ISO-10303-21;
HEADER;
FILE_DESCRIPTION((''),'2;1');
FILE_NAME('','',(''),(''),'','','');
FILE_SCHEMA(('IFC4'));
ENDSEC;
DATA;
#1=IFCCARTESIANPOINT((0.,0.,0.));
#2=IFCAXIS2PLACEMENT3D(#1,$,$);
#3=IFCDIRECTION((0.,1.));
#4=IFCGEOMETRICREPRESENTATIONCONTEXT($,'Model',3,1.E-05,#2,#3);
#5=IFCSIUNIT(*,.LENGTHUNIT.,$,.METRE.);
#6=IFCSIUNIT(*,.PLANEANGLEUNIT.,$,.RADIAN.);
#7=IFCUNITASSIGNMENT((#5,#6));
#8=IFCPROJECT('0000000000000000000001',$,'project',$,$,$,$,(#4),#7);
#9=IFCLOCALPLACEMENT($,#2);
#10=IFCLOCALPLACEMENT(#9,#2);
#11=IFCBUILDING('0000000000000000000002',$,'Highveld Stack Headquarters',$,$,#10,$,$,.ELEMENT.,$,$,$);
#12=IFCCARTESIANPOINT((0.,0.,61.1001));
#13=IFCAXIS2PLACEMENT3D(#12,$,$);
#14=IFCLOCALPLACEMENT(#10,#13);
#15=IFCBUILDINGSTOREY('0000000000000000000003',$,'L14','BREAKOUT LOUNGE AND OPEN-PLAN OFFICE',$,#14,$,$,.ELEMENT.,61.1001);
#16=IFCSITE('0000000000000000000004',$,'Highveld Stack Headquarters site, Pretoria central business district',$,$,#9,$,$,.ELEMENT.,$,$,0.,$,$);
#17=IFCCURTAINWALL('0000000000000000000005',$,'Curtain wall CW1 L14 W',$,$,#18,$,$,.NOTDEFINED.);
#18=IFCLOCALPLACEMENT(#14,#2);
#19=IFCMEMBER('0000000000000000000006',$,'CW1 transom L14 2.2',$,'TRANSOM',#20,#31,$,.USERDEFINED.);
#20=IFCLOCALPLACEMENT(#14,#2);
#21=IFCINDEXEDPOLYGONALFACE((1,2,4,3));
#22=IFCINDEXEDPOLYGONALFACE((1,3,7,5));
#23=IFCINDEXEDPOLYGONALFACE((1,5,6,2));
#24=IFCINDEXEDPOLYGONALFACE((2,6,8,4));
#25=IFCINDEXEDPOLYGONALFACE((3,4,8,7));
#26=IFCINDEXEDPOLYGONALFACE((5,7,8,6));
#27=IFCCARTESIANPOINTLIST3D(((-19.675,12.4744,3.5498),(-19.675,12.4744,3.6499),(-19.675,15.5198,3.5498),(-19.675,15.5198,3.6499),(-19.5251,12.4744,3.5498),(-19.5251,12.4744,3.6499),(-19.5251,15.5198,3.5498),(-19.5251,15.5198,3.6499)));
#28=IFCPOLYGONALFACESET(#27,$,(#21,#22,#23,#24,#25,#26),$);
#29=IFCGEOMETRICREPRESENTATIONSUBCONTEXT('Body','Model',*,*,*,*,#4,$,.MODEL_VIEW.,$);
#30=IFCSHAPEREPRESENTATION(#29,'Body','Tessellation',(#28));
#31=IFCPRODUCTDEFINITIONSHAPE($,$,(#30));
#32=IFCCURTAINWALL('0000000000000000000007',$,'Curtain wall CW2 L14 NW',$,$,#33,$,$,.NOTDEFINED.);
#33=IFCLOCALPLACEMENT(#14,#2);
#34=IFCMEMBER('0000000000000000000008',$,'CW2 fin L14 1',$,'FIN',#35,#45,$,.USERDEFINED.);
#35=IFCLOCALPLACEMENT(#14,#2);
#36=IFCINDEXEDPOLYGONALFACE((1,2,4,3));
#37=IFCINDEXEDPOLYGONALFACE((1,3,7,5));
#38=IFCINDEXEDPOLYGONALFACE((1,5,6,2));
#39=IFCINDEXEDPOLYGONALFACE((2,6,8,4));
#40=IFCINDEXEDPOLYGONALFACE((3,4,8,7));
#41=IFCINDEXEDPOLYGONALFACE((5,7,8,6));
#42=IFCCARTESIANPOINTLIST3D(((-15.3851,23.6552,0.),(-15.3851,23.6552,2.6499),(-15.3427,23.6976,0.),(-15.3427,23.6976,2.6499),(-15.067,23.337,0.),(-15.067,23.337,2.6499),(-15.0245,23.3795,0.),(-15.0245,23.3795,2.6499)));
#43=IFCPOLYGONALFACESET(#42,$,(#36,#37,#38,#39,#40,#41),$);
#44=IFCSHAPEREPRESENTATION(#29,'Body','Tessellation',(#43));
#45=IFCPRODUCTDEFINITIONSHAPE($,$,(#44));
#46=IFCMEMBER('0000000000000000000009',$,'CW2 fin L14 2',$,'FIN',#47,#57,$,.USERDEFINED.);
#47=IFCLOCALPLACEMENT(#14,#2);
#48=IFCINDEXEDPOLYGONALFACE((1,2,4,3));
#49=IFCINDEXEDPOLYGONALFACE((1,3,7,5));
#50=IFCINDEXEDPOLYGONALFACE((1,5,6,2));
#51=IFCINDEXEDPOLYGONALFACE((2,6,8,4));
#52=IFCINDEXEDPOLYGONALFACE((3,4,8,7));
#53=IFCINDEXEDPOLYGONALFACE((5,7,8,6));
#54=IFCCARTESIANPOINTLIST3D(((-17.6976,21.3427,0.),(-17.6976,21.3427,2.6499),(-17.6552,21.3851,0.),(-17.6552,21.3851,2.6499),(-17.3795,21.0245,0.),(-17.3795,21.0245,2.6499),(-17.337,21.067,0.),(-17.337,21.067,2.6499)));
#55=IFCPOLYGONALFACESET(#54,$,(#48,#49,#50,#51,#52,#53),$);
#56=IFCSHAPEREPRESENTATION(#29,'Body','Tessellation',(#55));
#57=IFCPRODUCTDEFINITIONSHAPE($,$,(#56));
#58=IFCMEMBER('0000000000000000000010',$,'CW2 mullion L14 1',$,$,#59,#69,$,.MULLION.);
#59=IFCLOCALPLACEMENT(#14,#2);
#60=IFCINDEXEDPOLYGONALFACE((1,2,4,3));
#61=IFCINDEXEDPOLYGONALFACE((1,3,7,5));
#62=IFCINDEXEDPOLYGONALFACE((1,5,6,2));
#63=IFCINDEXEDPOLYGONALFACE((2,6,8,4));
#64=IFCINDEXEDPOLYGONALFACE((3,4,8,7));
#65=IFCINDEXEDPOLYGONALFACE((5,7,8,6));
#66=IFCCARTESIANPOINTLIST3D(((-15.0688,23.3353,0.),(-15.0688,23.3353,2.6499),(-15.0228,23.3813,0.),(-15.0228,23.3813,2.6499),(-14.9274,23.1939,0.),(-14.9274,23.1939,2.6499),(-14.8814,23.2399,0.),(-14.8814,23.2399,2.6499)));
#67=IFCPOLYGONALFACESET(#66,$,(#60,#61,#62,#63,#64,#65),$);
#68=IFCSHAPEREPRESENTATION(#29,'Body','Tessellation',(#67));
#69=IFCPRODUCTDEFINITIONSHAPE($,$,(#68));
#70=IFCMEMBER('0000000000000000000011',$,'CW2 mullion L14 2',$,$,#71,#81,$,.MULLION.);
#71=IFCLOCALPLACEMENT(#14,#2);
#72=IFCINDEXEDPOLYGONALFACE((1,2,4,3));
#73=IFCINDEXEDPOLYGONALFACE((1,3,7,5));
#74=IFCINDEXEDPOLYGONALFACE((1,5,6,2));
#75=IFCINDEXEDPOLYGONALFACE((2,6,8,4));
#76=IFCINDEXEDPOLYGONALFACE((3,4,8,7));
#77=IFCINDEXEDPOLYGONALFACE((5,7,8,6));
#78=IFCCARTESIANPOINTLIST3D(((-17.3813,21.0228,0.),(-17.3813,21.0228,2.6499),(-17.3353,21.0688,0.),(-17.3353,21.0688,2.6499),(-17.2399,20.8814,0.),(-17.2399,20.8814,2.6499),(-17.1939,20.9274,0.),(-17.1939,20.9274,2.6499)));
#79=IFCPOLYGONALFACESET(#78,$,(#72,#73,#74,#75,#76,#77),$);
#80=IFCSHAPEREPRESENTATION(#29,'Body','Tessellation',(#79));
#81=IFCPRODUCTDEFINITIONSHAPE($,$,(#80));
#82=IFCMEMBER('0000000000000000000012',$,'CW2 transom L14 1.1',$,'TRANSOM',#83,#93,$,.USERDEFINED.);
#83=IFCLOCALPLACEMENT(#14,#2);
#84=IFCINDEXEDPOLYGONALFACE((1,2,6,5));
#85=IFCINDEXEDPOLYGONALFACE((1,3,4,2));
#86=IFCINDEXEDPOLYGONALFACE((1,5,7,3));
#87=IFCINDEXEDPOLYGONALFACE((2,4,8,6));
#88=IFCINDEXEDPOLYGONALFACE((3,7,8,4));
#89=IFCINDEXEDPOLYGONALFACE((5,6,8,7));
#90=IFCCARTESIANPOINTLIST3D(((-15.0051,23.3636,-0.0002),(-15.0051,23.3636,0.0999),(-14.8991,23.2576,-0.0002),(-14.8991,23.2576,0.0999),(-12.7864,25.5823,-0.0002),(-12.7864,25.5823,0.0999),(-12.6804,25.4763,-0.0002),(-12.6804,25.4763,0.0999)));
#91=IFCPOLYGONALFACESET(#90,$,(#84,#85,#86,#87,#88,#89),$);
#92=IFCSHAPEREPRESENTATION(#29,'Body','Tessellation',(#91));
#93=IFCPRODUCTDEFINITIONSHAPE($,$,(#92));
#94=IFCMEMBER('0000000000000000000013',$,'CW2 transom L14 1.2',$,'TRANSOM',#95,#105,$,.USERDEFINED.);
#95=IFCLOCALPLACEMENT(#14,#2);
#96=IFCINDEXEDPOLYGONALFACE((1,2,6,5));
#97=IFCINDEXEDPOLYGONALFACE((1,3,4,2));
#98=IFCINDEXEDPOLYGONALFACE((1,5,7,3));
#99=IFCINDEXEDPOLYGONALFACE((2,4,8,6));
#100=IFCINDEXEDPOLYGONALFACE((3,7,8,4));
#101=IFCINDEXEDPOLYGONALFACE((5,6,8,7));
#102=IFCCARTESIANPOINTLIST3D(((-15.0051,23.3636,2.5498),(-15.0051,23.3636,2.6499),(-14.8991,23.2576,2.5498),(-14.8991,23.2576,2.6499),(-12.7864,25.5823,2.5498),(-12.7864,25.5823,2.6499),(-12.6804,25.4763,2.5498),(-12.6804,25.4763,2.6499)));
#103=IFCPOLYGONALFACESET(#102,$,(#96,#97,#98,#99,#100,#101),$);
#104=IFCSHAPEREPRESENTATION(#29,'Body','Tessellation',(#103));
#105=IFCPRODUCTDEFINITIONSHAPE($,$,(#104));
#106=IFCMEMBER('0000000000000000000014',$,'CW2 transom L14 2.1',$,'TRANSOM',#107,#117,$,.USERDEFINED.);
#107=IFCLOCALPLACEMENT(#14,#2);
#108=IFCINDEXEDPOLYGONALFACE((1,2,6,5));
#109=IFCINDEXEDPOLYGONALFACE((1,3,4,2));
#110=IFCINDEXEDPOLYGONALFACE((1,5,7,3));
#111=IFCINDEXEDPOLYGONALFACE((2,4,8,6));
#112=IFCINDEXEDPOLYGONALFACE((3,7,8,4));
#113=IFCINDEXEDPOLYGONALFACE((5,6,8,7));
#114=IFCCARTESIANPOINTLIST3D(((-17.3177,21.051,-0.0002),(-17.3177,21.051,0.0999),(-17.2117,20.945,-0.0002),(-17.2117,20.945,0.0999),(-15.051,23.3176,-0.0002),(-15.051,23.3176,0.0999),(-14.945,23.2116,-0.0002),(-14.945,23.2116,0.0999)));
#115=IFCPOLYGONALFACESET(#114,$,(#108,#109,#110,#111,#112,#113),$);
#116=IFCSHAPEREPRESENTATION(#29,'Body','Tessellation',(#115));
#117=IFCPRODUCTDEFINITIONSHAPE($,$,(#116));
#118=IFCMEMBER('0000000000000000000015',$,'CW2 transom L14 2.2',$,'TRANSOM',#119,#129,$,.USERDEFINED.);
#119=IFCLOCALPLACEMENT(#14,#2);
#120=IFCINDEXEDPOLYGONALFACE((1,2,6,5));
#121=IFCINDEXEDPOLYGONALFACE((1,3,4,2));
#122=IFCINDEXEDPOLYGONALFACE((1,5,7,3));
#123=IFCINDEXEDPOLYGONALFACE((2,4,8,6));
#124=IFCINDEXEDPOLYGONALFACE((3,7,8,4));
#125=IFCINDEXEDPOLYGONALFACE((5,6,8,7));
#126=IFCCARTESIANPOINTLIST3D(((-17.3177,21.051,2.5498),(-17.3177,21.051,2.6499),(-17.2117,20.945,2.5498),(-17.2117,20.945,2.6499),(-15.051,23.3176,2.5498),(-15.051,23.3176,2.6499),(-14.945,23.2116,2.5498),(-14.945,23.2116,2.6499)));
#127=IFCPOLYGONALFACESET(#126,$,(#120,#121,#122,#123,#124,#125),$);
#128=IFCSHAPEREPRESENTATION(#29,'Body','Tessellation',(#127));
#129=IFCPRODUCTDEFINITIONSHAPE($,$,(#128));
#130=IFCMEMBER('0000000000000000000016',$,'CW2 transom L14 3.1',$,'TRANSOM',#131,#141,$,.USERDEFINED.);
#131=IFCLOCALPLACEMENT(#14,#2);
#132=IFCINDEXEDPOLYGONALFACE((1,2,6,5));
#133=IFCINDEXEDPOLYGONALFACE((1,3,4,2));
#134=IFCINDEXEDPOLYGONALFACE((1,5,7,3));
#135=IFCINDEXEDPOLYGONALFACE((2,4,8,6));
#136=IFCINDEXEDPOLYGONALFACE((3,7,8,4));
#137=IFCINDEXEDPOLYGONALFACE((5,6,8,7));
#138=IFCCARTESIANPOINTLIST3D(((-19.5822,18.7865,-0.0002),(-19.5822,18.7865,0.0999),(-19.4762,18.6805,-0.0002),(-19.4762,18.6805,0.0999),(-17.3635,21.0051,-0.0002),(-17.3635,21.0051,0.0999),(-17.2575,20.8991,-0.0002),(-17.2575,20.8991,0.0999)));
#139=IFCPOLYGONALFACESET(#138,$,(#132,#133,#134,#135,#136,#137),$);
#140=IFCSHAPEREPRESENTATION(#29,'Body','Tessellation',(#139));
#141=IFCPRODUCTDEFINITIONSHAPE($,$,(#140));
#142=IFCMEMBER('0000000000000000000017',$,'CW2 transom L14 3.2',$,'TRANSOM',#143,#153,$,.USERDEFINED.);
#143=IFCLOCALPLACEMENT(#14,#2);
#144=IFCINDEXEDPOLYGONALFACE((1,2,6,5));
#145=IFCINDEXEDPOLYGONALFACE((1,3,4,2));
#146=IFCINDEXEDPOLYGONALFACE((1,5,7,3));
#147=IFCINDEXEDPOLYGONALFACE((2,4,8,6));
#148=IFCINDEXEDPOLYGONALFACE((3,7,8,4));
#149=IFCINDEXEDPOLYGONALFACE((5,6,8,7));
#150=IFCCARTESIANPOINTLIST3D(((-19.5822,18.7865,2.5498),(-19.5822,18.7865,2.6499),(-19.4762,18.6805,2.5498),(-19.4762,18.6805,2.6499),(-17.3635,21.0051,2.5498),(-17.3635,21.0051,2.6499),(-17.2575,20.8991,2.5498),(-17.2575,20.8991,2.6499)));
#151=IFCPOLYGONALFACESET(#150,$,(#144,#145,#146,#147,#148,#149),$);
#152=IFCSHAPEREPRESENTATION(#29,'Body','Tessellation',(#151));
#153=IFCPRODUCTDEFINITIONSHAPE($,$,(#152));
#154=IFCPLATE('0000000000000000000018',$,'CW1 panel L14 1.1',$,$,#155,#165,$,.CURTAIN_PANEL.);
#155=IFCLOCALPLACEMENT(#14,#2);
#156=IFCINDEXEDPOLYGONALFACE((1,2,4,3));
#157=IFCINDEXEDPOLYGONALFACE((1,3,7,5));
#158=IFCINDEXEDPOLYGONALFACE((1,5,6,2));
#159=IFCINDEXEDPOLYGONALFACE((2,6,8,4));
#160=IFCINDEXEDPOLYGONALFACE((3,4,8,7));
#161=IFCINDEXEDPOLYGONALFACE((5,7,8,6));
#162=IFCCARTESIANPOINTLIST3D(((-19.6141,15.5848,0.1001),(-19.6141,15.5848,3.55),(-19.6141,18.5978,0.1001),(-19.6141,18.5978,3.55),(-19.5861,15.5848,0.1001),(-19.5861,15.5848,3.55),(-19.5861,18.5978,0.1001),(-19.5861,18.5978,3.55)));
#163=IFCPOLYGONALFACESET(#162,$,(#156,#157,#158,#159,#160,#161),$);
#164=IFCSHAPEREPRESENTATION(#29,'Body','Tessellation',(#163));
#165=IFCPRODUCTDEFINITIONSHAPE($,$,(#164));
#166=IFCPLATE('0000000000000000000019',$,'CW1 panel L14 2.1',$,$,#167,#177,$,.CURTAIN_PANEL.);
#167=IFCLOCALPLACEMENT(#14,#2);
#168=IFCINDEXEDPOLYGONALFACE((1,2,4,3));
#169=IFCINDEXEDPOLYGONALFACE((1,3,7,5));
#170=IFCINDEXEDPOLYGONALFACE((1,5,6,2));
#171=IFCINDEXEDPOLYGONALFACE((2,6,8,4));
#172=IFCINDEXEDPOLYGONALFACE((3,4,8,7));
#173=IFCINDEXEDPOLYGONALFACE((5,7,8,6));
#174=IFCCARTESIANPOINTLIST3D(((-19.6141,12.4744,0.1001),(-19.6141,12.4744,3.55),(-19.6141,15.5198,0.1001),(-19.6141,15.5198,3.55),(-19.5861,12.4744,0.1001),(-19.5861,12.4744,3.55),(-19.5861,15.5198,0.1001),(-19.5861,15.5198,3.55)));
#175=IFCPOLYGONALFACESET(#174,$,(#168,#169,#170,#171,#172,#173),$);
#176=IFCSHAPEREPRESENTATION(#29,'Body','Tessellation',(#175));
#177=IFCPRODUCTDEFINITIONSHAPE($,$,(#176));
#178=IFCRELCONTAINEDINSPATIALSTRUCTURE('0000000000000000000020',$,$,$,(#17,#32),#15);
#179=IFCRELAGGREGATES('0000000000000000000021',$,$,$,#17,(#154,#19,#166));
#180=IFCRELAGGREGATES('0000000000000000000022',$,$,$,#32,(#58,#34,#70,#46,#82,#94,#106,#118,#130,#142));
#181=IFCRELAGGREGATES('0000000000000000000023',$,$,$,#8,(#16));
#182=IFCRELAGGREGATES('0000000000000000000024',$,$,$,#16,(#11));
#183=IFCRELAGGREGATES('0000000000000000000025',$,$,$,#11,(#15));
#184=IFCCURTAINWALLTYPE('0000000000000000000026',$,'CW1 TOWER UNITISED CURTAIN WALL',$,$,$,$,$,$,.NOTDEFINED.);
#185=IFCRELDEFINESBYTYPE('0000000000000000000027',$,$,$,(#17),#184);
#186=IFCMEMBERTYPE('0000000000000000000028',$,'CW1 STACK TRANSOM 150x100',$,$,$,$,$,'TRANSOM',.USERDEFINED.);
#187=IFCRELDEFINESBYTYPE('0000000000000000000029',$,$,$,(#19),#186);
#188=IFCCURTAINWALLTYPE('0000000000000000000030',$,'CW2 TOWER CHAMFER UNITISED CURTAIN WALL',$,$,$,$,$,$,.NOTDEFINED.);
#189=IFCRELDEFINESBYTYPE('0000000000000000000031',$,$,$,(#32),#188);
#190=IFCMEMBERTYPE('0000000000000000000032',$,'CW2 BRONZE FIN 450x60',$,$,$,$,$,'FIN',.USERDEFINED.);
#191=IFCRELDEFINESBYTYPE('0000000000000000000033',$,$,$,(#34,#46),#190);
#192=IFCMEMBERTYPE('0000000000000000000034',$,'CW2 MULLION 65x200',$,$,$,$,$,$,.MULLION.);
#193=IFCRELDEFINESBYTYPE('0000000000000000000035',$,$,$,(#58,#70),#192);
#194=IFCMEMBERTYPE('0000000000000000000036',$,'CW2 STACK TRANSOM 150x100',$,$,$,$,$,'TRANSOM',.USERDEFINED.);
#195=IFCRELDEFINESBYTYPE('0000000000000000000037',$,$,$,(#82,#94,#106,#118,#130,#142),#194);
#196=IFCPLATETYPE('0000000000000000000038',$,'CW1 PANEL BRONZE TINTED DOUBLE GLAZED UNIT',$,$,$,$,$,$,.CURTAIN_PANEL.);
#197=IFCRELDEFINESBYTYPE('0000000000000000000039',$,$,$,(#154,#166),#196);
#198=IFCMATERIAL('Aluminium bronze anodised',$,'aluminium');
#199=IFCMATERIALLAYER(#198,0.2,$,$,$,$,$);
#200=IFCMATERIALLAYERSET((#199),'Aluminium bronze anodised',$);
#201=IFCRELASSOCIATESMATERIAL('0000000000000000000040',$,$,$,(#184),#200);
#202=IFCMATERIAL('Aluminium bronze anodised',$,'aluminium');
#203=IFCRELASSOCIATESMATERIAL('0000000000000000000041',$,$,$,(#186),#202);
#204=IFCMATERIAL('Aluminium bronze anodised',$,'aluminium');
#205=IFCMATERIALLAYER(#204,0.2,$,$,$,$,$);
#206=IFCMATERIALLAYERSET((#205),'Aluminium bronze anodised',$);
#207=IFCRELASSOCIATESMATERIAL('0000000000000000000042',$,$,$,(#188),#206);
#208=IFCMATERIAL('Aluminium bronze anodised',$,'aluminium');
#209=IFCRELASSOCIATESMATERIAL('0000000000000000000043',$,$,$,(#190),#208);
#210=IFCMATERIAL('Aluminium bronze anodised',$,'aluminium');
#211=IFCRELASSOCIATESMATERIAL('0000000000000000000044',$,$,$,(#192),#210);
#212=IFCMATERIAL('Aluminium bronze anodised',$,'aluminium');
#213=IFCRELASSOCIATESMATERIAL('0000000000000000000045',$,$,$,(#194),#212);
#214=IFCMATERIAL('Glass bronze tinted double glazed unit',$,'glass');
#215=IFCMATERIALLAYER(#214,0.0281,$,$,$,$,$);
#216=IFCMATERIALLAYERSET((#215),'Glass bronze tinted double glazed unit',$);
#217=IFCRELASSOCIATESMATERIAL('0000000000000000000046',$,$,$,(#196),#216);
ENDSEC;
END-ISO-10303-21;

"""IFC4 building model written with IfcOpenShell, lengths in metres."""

from ifc_helpers import new_model, si_unit, direction, frame, origin, origin_2d, place, context, subcontext, project, spatial, rectangle, extrude, material, layer, layer_set, material_profile, profile_set, type_object, element, aggregate, save


model = new_model("IFC4")

# Units and contexts
model_context = context("Model", 3, precision=1e-05, world=origin(), true_north=direction((0.0, 1.0)))
body_context = subcontext(model_context, "Body", "Model", "MODEL_VIEW")
ifc_project = project(units=[si_unit("LENGTHUNIT", "METRE"), si_unit("PLANEANGLEUNIT", "RADIAN")], contexts=[model_context])

# Site, building, storey
site_placement = place(None, origin())
site = spatial("IfcSite", under=ifc_project, at=site_placement, Name="Highveld Stack Headquarters site, Pretoria central business district", CompositionType="ELEMENT", RefElevation=0.0)
building_placement = place(site_placement, origin())
building = spatial("IfcBuilding", under=site, at=building_placement, Name="Highveld Stack Headquarters", CompositionType="ELEMENT")
storey_placement = place(building_placement, frame((0.0, 0.0, 61.1001)))
storey = spatial("IfcBuildingStorey", under=building, at=storey_placement, Name="L14", Description="BREAKOUT LOUNGE AND OPEN-PLAN OFFICE", CompositionType="ELEMENT", Elevation=61.1001)

# Shared definitions
ifc_material_1 = material(Name="Aluminium bronze anodised", Category="aluminium")
ifc_layer_1 = layer(ifc_material_1, 0.2)
ifc_layer_set_1 = layer_set([ifc_layer_1], Name="Aluminium bronze anodised")
curtain_wall_type_1 = type_object("IfcCurtainWallType", Name="CW1 TOWER UNITISED CURTAIN WALL", PredefinedType="NOTDEFINED", material=ifc_layer_set_1)

# Curtain wall
curtain_wall_1_placement = place(storey_placement, origin())
curtain_wall_1 = element("IfcCurtainWall", 1, at=curtain_wall_1_placement, inside=storey, type_object=curtain_wall_type_1, Name="Curtain wall CW1 L14 W", PredefinedType="NOTDEFINED")

# Member
ifc_material_2 = material(Name="Aluminium bronze anodised", Category="aluminium")
ifc_material_profile_1 = material_profile(ifc_material_2, rectangle(XDim=0.1499, YDim=0.1001, at=origin_2d()), Name="CW1 TRANSOM 150x100")
ifc_profile_set_1 = profile_set([ifc_material_profile_1], Name="Aluminium bronze anodised")
member_type_1 = type_object("IfcMemberType", Name="CW1 STACK TRANSOM 150x100", ElementType="TRANSOM", PredefinedType="USERDEFINED", material=ifc_profile_set_1)
member_1_placement = place(storey_placement, frame((-19.6001, 15.5198, 3.5999), z_axis=(0.0, -1.0, 0.0), x_axis=(1.0, 0.0, 0.0)))
member_1 = element("IfcMember", 2, at=member_1_placement, type_object=member_type_1, Name="CW1 transom L14 2.2", ObjectType="TRANSOM", PredefinedType="USERDEFINED", context=body_context, shape_type="SweptSolid", body=[
    extrude(rectangle(XDim=0.1499, YDim=0.1001, at=origin_2d()), origin(), (0.0, 0.0, 1.0), 3.0454),
])

# Curtain wall, members
ifc_material_3 = material(Name="Aluminium bronze anodised", Category="aluminium")
ifc_layer_2 = layer(ifc_material_3, 0.2)
ifc_layer_set_2 = layer_set([ifc_layer_2], Name="Aluminium bronze anodised")
curtain_wall_type_2 = type_object("IfcCurtainWallType", Name="CW2 TOWER CHAMFER UNITISED CURTAIN WALL", PredefinedType="NOTDEFINED", material=ifc_layer_set_2)
curtain_wall_2_placement = place(storey_placement, origin())
curtain_wall_2 = element("IfcCurtainWall", 3, at=curtain_wall_2_placement, inside=storey, type_object=curtain_wall_type_2, Name="Curtain wall CW2 L14 NW", PredefinedType="NOTDEFINED")
ifc_material_4 = material(Name="Aluminium bronze anodised", Category="aluminium")
ifc_material_profile_2 = material_profile(ifc_material_4, rectangle(XDim=0.45, YDim=0.0601, at=origin_2d()), Name="FIN 450x60")
ifc_profile_set_2 = profile_set([ifc_material_profile_2], Name="Aluminium bronze anodised")
member_type_2 = type_object("IfcMemberType", Name="CW2 BRONZE FIN 450x60", ElementType="FIN", PredefinedType="USERDEFINED", material=ifc_profile_set_2)
member_2_placement = place(storey_placement, frame((-15.2048, 23.5173, 0.0), z_axis=(0.0, 0.0, 1.0), x_axis=(0.707107, -0.707107, 0.0)))
member_2 = element("IfcMember", 4, at=member_2_placement, type_object=member_type_2, Name="CW2 fin L14 1", ObjectType="FIN", PredefinedType="USERDEFINED", context=body_context, shape_type="SweptSolid", body=[
    extrude(rectangle(XDim=0.45, YDim=0.0601, at=origin_2d()), origin(), (0.0, 0.0, 1.0), 2.6499),
])
member_3_placement = place(storey_placement, frame((-17.5173, 21.2048, 0.0), z_axis=(0.0, 0.0, 1.0), x_axis=(0.707107, -0.707107, 0.0)))
member_3 = element("IfcMember", 5, at=member_3_placement, type_object=member_type_2, Name="CW2 fin L14 2", ObjectType="FIN", PredefinedType="USERDEFINED", context=body_context, shape_type="SweptSolid", body=[
    extrude(rectangle(XDim=0.45, YDim=0.0601, at=origin_2d()), origin(), (0.0, 0.0, 1.0), 2.6499),
])
ifc_material_5 = material(Name="Aluminium bronze anodised", Category="aluminium")
ifc_material_profile_3 = material_profile(ifc_material_5, rectangle(XDim=0.2, YDim=0.0649, at=origin_2d()), Name="CW2 MULLION 65x200")
ifc_profile_set_3 = profile_set([ifc_material_profile_3], Name="Aluminium bronze anodised")
member_type_3 = type_object("IfcMemberType", Name="CW2 MULLION 65x200", PredefinedType="MULLION", material=ifc_profile_set_3)
member_4_placement = place(storey_placement, frame((-14.9751, 23.2876, 0.0), z_axis=(0.0, 0.0, 1.0), x_axis=(0.707107, -0.707107, 0.0)))
member_4 = element("IfcMember", 6, at=member_4_placement, type_object=member_type_3, Name="CW2 mullion L14 1", PredefinedType="MULLION", context=body_context, shape_type="SweptSolid", body=[
    extrude(rectangle(XDim=0.2, YDim=0.0649, at=origin_2d()), origin(), (0.0, 0.0, 1.0), 2.6499),
])
member_5_placement = place(storey_placement, frame((-17.2876, 20.9751, 0.0), z_axis=(0.0, 0.0, 1.0), x_axis=(0.707107, -0.707107, 0.0)))
member_5 = element("IfcMember", 7, at=member_5_placement, type_object=member_type_3, Name="CW2 mullion L14 2", PredefinedType="MULLION", context=body_context, shape_type="SweptSolid", body=[
    extrude(rectangle(XDim=0.2, YDim=0.0649, at=origin_2d()), origin(), (0.0, 0.0, 1.0), 2.6499),
])
ifc_material_6 = material(Name="Aluminium bronze anodised", Category="aluminium")
ifc_material_profile_4 = material_profile(ifc_material_6, rectangle(XDim=0.1499, YDim=0.1001, at=origin_2d()), Name="CW2 TRANSOM 150x100")
ifc_profile_set_4 = profile_set([ifc_material_profile_4], Name="Aluminium bronze anodised")
member_type_4 = type_object("IfcMemberType", Name="CW2 STACK TRANSOM 150x100", ElementType="TRANSOM", PredefinedType="USERDEFINED", material=ifc_profile_set_4)
member_6_placement = place(storey_placement, frame((-12.7334, 25.5293, 0.0498), z_axis=(-0.707107, -0.707107, 0.0), x_axis=(0.707107, -0.707107, 0.0)))
member_6 = element("IfcMember", 8, at=member_6_placement, type_object=member_type_4, Name="CW2 transom L14 1.1", ObjectType="TRANSOM", PredefinedType="USERDEFINED", context=body_context, shape_type="SweptSolid", body=[
    extrude(rectangle(XDim=0.1499, YDim=0.1001, at=origin_2d()), origin(), (0.0, 0.0, 1.0), 3.1377),
])
member_7_placement = place(storey_placement, frame((-12.7334, 25.5293, 2.5999), z_axis=(-0.707107, -0.707107, 0.0), x_axis=(0.707107, -0.707107, 0.0)))
member_7 = element("IfcMember", 9, at=member_7_placement, type_object=member_type_4, Name="CW2 transom L14 1.2", ObjectType="TRANSOM", PredefinedType="USERDEFINED", context=body_context, shape_type="SweptSolid", body=[
    extrude(rectangle(XDim=0.1499, YDim=0.1001, at=origin_2d()), origin(), (0.0, 0.0, 1.0), 3.1377),
])
member_8_placement = place(storey_placement, frame((-14.998, 23.2646, 0.0498), z_axis=(-0.707107, -0.707107, 0.0), x_axis=(0.707107, -0.707107, 0.0)))
member_8 = element("IfcMember", 10, at=member_8_placement, type_object=member_type_4, Name="CW2 transom L14 2.1", ObjectType="TRANSOM", PredefinedType="USERDEFINED", context=body_context, shape_type="SweptSolid", body=[
    extrude(rectangle(XDim=0.1499, YDim=0.1001, at=origin_2d()), origin(), (0.0, 0.0, 1.0), 3.2056),
])
member_9_placement = place(storey_placement, frame((-14.998, 23.2646, 2.5999), z_axis=(-0.707107, -0.707107, 0.0), x_axis=(0.707107, -0.707107, 0.0)))
member_9 = element("IfcMember", 11, at=member_9_placement, type_object=member_type_4, Name="CW2 transom L14 2.2", ObjectType="TRANSOM", PredefinedType="USERDEFINED", context=body_context, shape_type="SweptSolid", body=[
    extrude(rectangle(XDim=0.1499, YDim=0.1001, at=origin_2d()), origin(), (0.0, 0.0, 1.0), 3.2056),
])
member_10_placement = place(storey_placement, frame((-17.3105, 20.9521, 0.0498), z_axis=(-0.707107, -0.707107, 0.0), x_axis=(0.707107, -0.707107, 0.0)))
member_10 = element("IfcMember", 12, at=member_10_placement, type_object=member_type_4, Name="CW2 transom L14 3.1", ObjectType="TRANSOM", PredefinedType="USERDEFINED", context=body_context, shape_type="SweptSolid", body=[
    extrude(rectangle(XDim=0.1499, YDim=0.1001, at=origin_2d()), origin(), (0.0, 0.0, 1.0), 3.1377),
])
member_11_placement = place(storey_placement, frame((-17.3105, 20.9521, 2.5999), z_axis=(-0.707107, -0.707107, 0.0), x_axis=(0.707107, -0.707107, 0.0)))
member_11 = element("IfcMember", 13, at=member_11_placement, type_object=member_type_4, Name="CW2 transom L14 3.2", ObjectType="TRANSOM", PredefinedType="USERDEFINED", context=body_context, shape_type="SweptSolid", body=[
    extrude(rectangle(XDim=0.1499, YDim=0.1001, at=origin_2d()), origin(), (0.0, 0.0, 1.0), 3.1377),
])

# Plates
ifc_material_7 = material(Name="Glass bronze tinted double glazed unit", Category="glass")
ifc_layer_3 = layer(ifc_material_7, 0.0281)
ifc_layer_set_3 = layer_set([ifc_layer_3], Name="Glass bronze tinted double glazed unit")
plate_type_1 = type_object("IfcPlateType", Name="CW1 PANEL BRONZE TINTED DOUBLE GLAZED UNIT", PredefinedType="CURTAIN_PANEL", material=ifc_layer_set_3)
plate_1_placement = place(storey_placement, frame((-19.6001, 17.0913, 0.1001), z_axis=(0.0, 0.0, 1.0), x_axis=(0.0, -1.0, 0.0)))
plate_1 = element("IfcPlate", 14, at=plate_1_placement, type_object=plate_type_1, Name="CW1 panel L14 1.1", PredefinedType="CURTAIN_PANEL", context=body_context, shape_type="SweptSolid", body=[
    extrude(rectangle(XDim=3.0129, YDim=0.0281, at=origin_2d()), origin(), (0.0, 0.0, 1.0), 3.45),
])
plate_2_placement = place(storey_placement, frame((-19.6001, 13.9971, 0.1001), z_axis=(0.0, 0.0, 1.0), x_axis=(0.0, -1.0, 0.0)))
plate_2 = element("IfcPlate", 15, at=plate_2_placement, type_object=plate_type_1, Name="CW1 panel L14 2.1", PredefinedType="CURTAIN_PANEL", context=body_context, shape_type="SweptSolid", body=[
    extrude(rectangle(XDim=3.0454, YDim=0.0281, at=origin_2d()), origin(), (0.0, 0.0, 1.0), 3.45),
])
aggregate(curtain_wall_1, [plate_1, member_1, plate_2])
aggregate(curtain_wall_2, [member_4, member_2, member_5, member_3, member_6, member_7, member_8, member_9, member_10, member_11])

save(model, "model.ifc")
